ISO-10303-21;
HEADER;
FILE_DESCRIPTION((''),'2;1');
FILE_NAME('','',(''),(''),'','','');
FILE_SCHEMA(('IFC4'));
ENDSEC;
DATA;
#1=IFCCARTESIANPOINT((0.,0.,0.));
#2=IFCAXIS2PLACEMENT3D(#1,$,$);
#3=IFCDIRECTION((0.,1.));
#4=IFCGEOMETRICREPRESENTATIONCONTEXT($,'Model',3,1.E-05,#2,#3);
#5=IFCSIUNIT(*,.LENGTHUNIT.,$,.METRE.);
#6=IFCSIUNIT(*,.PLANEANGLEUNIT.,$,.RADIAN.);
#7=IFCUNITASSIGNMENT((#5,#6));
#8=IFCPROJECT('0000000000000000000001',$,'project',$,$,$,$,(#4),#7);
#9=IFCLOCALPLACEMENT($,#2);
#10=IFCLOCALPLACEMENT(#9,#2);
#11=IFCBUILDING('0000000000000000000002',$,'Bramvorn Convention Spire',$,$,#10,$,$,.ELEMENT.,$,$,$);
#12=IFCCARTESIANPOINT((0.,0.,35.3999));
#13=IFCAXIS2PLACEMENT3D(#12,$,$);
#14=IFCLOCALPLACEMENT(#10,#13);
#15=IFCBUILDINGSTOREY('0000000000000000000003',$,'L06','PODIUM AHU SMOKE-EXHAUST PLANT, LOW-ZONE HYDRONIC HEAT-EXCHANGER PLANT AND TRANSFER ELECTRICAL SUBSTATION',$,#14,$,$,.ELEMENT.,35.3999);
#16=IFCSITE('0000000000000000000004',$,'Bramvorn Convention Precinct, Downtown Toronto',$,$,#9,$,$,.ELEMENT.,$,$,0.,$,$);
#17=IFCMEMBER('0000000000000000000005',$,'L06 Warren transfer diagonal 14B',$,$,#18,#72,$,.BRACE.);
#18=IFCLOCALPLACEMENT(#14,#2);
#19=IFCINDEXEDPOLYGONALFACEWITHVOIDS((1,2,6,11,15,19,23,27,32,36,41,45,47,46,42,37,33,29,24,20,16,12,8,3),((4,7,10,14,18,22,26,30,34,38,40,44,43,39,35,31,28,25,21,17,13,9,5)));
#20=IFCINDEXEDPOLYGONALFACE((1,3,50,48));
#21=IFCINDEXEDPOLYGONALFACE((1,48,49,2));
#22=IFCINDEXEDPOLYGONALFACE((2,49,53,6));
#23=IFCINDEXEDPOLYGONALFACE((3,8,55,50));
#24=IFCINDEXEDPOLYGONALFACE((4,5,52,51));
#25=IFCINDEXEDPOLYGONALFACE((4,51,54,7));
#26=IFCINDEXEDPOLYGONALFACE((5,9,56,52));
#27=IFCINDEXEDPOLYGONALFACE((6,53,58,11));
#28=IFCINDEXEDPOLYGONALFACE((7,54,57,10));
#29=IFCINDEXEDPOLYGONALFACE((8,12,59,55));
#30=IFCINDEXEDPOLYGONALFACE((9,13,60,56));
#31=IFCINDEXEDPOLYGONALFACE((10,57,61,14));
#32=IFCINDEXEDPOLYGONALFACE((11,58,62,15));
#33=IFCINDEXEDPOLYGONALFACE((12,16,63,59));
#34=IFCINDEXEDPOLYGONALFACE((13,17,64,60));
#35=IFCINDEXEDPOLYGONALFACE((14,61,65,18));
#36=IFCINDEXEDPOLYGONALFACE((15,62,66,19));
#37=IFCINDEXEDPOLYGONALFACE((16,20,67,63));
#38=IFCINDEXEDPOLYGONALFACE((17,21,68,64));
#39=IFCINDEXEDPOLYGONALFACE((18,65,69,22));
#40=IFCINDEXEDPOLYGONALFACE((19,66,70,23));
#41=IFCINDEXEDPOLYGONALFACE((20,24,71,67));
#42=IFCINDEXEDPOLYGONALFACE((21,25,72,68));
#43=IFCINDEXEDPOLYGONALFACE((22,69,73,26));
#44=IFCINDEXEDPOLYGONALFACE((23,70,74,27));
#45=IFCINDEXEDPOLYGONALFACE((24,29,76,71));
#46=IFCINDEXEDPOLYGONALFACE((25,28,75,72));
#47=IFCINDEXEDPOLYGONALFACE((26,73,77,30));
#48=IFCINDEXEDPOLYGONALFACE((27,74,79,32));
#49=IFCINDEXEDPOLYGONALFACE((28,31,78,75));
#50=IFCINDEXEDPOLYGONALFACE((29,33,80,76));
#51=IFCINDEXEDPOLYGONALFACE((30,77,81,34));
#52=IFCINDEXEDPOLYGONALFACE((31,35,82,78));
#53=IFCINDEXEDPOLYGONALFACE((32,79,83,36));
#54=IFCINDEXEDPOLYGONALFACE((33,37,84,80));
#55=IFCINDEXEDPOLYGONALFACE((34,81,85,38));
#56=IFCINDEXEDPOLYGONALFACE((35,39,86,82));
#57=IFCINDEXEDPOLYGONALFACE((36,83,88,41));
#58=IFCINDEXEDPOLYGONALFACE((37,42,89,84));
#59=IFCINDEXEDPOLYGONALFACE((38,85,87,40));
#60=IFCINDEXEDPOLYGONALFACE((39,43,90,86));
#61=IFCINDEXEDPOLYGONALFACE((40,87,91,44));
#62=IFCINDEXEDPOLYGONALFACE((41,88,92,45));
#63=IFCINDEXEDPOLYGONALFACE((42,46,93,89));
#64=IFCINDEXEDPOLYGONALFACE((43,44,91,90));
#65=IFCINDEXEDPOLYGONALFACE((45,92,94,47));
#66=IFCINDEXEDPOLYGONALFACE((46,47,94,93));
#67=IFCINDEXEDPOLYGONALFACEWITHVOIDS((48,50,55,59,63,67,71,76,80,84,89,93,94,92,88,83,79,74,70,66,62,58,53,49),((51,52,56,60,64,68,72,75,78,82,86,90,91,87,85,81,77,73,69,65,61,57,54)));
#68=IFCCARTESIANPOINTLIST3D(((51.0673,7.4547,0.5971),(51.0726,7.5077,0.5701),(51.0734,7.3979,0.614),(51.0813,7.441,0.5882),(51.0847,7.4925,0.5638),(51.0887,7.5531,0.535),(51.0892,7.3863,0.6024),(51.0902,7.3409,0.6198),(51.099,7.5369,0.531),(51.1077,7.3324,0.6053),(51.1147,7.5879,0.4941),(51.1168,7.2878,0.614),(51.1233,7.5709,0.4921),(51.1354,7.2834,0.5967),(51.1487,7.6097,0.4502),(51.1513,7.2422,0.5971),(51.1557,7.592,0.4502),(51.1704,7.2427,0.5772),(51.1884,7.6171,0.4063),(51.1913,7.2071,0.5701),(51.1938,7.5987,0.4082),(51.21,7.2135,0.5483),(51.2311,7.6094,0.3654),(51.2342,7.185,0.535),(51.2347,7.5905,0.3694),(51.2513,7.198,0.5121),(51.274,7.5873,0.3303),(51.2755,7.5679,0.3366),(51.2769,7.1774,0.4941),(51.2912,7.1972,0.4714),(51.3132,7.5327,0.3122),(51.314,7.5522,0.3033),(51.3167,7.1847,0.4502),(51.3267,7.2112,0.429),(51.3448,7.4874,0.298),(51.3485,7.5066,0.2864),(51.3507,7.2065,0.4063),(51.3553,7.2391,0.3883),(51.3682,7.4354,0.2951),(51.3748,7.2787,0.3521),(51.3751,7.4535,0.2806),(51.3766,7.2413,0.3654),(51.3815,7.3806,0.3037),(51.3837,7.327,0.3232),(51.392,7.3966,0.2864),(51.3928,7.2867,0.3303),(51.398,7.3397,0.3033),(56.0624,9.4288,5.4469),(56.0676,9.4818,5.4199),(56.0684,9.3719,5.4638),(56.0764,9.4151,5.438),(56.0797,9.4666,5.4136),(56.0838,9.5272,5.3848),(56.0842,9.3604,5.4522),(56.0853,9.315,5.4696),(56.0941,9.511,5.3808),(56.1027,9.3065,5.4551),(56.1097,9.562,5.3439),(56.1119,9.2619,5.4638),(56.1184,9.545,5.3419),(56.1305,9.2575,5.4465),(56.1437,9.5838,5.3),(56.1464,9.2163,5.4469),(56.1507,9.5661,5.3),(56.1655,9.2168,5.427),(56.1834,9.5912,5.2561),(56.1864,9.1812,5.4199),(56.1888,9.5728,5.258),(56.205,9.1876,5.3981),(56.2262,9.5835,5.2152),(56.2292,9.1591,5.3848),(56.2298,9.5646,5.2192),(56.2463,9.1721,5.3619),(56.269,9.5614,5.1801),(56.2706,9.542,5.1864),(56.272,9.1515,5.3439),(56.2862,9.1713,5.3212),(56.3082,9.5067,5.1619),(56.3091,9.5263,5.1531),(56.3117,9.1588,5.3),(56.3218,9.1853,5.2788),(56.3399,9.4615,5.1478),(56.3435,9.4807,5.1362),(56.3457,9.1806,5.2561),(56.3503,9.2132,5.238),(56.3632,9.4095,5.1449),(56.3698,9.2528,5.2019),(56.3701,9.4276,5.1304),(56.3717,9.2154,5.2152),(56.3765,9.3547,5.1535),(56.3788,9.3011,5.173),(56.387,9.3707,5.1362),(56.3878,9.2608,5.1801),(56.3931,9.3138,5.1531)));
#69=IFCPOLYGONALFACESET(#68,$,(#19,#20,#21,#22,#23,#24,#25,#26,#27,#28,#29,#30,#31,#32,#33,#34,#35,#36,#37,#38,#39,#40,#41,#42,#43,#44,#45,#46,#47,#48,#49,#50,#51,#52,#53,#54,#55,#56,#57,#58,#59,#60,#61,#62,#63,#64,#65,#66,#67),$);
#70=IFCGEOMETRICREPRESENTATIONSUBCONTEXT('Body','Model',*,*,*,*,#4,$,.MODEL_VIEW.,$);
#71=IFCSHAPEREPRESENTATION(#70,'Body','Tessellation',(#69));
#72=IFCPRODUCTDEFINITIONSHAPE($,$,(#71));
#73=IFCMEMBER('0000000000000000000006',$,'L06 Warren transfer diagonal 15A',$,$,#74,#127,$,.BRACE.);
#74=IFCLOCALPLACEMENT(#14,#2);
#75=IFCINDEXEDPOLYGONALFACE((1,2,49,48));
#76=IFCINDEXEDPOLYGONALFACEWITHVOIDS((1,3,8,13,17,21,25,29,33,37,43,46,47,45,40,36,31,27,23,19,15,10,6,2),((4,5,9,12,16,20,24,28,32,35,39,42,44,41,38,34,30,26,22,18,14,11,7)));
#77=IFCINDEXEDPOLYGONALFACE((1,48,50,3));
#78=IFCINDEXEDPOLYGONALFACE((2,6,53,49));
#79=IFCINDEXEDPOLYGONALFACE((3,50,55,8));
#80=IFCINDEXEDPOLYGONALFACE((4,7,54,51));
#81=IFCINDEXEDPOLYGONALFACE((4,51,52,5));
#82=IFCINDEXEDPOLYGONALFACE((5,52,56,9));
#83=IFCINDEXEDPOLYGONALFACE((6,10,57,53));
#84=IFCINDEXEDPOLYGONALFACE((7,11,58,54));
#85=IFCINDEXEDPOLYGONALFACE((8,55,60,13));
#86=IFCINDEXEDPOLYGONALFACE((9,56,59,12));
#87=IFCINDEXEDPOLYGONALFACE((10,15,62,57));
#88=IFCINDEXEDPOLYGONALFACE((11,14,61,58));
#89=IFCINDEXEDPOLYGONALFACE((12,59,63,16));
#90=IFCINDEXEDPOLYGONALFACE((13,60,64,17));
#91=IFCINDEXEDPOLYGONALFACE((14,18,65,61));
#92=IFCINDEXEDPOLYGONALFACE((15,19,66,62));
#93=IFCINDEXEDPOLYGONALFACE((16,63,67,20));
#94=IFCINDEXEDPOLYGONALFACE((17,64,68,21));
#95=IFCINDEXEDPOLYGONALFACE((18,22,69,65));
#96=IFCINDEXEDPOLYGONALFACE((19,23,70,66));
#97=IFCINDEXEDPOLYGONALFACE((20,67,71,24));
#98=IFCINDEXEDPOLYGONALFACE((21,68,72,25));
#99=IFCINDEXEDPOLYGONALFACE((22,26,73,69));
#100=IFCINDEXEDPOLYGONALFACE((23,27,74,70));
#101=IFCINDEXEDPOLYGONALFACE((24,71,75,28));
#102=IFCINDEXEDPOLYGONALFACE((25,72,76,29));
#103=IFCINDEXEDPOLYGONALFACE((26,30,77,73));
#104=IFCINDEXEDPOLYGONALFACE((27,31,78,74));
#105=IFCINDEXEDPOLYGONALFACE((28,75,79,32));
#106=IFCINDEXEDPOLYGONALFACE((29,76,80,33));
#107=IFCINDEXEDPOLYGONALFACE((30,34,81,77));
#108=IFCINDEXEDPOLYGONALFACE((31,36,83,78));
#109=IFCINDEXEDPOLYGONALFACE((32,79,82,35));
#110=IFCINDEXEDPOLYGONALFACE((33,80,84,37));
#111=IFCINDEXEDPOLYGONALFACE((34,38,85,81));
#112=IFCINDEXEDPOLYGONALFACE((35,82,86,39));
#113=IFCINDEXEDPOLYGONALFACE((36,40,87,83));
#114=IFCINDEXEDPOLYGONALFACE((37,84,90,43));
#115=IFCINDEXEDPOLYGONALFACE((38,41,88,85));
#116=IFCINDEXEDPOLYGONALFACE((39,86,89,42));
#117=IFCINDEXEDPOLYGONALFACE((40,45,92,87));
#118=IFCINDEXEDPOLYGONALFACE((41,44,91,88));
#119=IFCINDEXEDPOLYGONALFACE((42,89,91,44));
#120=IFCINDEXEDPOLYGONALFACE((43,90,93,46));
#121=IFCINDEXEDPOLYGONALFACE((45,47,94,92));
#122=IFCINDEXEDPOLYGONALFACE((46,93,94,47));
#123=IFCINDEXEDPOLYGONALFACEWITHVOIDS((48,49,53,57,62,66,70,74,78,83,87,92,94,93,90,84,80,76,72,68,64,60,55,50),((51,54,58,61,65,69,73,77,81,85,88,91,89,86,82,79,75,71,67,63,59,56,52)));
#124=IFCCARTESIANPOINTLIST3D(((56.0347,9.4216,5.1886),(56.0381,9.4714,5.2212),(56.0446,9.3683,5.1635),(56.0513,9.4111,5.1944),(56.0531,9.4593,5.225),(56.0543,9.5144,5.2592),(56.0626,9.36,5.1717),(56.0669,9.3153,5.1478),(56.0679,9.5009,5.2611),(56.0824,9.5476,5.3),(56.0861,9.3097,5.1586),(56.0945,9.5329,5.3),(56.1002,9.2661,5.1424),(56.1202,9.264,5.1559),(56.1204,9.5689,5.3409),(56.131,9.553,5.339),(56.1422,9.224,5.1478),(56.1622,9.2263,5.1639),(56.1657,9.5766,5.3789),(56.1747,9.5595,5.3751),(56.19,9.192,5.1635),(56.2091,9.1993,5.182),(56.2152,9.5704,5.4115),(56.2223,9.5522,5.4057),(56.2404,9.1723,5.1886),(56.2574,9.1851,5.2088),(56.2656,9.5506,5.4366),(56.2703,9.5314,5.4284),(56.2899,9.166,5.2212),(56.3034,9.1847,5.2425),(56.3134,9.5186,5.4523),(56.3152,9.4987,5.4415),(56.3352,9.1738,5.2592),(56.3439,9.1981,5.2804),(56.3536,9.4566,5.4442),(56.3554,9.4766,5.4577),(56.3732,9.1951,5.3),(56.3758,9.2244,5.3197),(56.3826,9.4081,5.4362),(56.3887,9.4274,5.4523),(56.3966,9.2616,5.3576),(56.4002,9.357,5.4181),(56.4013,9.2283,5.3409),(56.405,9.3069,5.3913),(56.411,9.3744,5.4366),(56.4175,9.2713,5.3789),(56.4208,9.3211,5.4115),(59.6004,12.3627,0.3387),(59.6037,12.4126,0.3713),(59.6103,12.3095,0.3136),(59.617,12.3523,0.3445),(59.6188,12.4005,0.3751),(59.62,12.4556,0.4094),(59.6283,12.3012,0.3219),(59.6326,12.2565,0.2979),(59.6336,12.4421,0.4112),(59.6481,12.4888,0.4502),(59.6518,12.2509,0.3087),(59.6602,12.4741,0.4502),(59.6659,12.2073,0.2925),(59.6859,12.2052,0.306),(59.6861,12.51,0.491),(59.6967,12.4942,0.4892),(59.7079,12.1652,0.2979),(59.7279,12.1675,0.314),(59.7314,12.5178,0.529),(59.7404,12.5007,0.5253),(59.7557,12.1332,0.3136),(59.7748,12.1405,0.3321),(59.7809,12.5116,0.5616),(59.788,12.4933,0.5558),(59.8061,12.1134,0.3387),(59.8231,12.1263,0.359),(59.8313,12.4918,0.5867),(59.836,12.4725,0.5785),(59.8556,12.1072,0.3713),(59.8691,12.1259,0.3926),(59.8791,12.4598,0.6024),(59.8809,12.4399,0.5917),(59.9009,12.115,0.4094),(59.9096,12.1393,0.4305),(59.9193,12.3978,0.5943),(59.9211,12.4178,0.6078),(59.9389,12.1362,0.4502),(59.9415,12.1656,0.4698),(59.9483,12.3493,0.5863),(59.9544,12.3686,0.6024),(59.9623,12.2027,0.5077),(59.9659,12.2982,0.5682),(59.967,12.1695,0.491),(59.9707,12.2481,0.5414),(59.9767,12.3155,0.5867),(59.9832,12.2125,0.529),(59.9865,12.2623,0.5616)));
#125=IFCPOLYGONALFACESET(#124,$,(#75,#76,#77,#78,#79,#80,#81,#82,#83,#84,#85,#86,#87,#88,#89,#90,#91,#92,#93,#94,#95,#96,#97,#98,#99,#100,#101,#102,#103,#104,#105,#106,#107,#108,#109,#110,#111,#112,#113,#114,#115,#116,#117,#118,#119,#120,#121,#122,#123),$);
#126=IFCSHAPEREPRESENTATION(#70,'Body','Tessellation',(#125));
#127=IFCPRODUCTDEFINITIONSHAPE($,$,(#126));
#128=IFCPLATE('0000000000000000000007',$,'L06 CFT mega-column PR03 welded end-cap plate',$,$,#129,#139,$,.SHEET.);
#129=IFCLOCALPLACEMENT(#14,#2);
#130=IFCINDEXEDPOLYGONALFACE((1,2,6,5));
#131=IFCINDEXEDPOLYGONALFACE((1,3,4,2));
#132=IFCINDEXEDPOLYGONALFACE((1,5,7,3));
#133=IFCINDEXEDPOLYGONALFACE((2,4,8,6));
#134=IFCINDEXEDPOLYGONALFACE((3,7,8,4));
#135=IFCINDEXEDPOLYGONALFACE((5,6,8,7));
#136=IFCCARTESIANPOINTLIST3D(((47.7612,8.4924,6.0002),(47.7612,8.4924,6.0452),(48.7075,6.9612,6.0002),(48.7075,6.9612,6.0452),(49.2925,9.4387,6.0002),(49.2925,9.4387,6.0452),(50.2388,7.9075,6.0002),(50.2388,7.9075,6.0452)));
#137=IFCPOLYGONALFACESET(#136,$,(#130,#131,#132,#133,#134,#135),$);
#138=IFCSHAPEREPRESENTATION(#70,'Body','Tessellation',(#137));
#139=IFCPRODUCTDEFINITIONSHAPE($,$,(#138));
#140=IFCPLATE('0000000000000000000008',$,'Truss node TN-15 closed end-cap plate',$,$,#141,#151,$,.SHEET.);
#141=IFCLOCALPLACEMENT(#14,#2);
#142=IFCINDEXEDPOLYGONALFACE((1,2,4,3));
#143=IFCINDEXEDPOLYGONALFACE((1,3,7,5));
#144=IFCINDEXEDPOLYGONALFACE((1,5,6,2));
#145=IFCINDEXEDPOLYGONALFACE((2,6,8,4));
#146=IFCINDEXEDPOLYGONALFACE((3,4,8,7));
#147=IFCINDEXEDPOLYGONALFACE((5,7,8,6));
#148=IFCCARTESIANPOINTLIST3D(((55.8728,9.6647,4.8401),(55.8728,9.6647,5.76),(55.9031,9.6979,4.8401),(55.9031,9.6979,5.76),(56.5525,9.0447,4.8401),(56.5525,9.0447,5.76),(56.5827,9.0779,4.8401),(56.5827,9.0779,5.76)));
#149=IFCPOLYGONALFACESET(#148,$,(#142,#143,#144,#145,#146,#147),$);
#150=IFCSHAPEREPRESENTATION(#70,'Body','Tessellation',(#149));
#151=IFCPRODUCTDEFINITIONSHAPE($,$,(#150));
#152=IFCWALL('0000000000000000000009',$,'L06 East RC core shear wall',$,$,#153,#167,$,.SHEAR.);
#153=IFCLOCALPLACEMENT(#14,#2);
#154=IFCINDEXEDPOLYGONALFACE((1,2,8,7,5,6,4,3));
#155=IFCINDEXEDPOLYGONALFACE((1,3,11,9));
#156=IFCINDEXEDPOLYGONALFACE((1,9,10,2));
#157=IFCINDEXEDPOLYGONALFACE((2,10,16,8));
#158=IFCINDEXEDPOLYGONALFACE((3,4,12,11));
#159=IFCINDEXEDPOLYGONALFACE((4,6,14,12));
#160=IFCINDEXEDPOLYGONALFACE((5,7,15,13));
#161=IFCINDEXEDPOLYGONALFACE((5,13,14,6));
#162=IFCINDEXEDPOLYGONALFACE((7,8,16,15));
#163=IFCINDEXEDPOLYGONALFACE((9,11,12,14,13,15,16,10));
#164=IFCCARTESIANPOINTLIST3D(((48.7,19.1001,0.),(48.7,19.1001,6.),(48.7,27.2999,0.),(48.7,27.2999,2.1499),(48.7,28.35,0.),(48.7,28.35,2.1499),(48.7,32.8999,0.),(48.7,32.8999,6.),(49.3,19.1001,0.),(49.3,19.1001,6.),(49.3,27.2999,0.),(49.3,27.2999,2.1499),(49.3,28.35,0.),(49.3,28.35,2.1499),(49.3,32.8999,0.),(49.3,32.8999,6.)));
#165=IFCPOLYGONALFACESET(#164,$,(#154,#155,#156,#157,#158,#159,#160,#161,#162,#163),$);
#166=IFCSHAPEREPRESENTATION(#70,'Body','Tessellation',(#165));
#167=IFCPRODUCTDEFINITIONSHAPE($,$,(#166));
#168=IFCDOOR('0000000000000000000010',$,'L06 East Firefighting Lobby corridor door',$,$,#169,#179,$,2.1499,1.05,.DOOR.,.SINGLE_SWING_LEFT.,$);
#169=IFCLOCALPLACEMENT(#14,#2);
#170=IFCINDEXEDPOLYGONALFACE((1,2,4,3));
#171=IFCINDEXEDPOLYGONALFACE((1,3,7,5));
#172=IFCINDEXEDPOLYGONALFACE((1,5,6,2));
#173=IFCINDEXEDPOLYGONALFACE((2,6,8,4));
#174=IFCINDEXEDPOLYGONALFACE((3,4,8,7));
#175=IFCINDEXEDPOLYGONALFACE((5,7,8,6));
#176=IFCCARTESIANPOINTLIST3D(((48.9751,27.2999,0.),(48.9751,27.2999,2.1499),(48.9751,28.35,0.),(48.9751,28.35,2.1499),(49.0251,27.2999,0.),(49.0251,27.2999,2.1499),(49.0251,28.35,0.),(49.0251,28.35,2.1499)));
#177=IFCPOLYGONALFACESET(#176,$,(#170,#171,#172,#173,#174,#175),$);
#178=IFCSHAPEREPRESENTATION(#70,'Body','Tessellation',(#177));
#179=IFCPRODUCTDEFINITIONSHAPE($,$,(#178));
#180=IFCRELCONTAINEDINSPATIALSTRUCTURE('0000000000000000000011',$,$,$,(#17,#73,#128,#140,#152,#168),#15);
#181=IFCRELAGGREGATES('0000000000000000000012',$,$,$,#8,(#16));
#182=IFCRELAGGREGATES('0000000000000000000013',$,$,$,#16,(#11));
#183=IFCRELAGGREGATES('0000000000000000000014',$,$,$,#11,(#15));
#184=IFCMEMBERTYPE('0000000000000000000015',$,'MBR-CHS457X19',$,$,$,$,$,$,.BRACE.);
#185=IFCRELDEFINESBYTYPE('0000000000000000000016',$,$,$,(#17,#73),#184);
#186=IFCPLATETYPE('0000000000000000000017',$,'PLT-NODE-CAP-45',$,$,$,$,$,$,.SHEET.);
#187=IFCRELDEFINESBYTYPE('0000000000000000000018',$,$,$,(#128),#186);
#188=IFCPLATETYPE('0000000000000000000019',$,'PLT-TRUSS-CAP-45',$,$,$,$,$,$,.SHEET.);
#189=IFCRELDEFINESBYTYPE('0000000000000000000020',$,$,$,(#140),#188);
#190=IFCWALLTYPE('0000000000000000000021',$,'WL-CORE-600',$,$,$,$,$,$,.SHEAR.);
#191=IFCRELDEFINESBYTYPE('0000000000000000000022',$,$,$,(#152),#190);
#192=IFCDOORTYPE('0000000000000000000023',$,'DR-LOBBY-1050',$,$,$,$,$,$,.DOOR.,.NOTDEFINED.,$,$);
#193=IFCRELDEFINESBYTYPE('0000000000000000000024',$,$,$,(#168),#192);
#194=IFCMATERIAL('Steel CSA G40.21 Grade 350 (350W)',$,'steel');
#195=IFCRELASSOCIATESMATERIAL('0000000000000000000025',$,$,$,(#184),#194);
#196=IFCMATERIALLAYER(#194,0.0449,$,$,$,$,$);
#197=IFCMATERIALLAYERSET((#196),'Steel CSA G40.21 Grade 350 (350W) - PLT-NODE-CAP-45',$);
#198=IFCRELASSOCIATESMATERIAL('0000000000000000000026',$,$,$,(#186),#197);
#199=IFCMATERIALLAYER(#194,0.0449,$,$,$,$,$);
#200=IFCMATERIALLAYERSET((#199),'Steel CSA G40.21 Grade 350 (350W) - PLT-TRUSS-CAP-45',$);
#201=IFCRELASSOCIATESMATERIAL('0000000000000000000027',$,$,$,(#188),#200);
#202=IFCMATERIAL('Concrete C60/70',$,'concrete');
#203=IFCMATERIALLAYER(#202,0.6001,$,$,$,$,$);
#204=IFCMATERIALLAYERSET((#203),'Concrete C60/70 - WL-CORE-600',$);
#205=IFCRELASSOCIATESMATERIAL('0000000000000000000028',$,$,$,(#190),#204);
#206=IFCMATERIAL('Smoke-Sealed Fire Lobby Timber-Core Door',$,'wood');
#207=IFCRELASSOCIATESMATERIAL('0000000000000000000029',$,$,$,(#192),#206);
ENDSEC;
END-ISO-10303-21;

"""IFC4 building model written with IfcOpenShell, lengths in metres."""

from ifc_helpers import new_model, si_unit, direction, frame, frame_2d, origin, origin_2d, place, context, subcontext, project, spatial, rectangle, hollow_circle, extrude, material, layer, layer_set, material_profile, profile_set, type_object, element, fill, save


model = new_model("IFC4")

# Units and contexts
model_context = context("Model", 3, precision=1e-05, world=origin(), true_north=direction((0.0, 1.0)))
body_context = subcontext(model_context, "Body", "Model", "MODEL_VIEW")
ifc_project = project(units=[si_unit("LENGTHUNIT", "METRE"), si_unit("PLANEANGLEUNIT", "RADIAN")], contexts=[model_context])

# Site, building, storey
site_placement = place(None, origin())
site = spatial("IfcSite", under=ifc_project, at=site_placement, Name="Bramvorn Convention Precinct, Downtown Toronto", CompositionType="ELEMENT", RefElevation=0.0)
building_placement = place(site_placement, origin())
building = spatial("IfcBuilding", under=site, at=building_placement, Name="Bramvorn Convention Spire", CompositionType="ELEMENT")
storey_placement = place(building_placement, frame((0.0, 0.0, 35.3999)))
storey = spatial("IfcBuildingStorey", under=building, at=storey_placement, Name="L06", Description="PODIUM AHU SMOKE-EXHAUST PLANT, LOW-ZONE HYDRONIC HEAT-EXCHANGER PLANT AND TRANSFER ELECTRICAL SUBSTATION", CompositionType="ELEMENT", Elevation=35.3999)

# Shared definitions
ifc_material_1 = material(Name="Steel CSA G40.21 Grade 350 (350W)", Category="steel")

# Members
ifc_material_profile_1 = material_profile(ifc_material_1, hollow_circle(Radius=0.2285, WallThickness=0.019, at=origin_2d()))
ifc_profile_set_1 = profile_set([ifc_material_profile_1], Name="Steel CSA G40.21 Grade 350 (350W) - CHS457X19")
member_type_1 = type_object("IfcMemberType", Name="MBR-CHS457X19", PredefinedType="BRACE", material=ifc_profile_set_1)
member_1_placement = place(storey_placement, frame((51.2327, 7.3972, 0.4502), z_axis=(0.690251, 0.272794, 0.670177), x_axis=(-0.367547, 0.930005, 0.0)))
element("IfcMember", 1, at=member_1_placement, inside=storey, type_object=member_type_1, Name="L06 Warren transfer diagonal 14B", PredefinedType="BRACE", context=body_context, shape_type="SweptSolid", body=[
    extrude(hollow_circle(Radius=0.2285, WallThickness=0.019, at=origin_2d()), origin(), (0.0, 0.0, 1.0), 7.2366),
])
member_2_placement = place(storey_placement, frame((56.2278, 9.3713, 5.3), z_axis=(0.532217, 0.439001, -0.723895), x_axis=(-0.636316, 0.771428, 0.0)))
element("IfcMember", 2, at=member_2_placement, inside=storey, type_object=member_type_1, Name="L06 Warren transfer diagonal 15A", PredefinedType="BRACE", context=body_context, shape_type="SweptSolid", body=[
    extrude(hollow_circle(Radius=0.2285, WallThickness=0.019, at=origin_2d()), origin(), (0.0, 0.0, 1.0), 6.6997),
])

# Plates
ifc_layer_1 = layer(ifc_material_1, 0.0449)
ifc_layer_set_1 = layer_set([ifc_layer_1], Name="Steel CSA G40.21 Grade 350 (350W) - PLT-NODE-CAP-45")
plate_type_1 = type_object("IfcPlateType", Name="PLT-NODE-CAP-45", PredefinedType="SHEET", material=ifc_layer_set_1)
plate_1_placement = place(storey_placement, frame((49.0, 8.2, 6.0002), z_axis=(0.0, 0.0, 1.0), x_axis=(0.525696, -0.850672, 0.0)))
element("IfcPlate", 3, at=plate_1_placement, inside=storey, type_object=plate_type_1, Name="L06 CFT mega-column PR03 welded end-cap plate", PredefinedType="SHEET", context=body_context, shape_type="SweptSolid", body=[
    extrude(rectangle(XDim=1.8, YDim=1.8, at=origin_2d()), origin(), (0.0, 0.0, 1.0), 0.0449),
])
ifc_layer_2 = layer(ifc_material_1, 0.0449)
ifc_layer_set_2 = layer_set([ifc_layer_2], Name="Steel CSA G40.21 Grade 350 (350W) - PLT-TRUSS-CAP-45")
plate_type_2 = type_object("IfcPlateType", Name="PLT-TRUSS-CAP-45", PredefinedType="SHEET", material=ifc_layer_set_2)
plate_2_placement = place(storey_placement, frame((56.2278, 9.3713, 4.8401), z_axis=(0.0, 0.0, 1.0), x_axis=(0.738769, -0.673958, 0.0)))
element("IfcPlate", 4, at=plate_2_placement, inside=storey, type_object=plate_type_2, Name="Truss node TN-15 closed end-cap plate", PredefinedType="SHEET", context=body_context, shape_type="SweptSolid", body=[
    extrude(rectangle(XDim=0.9199, YDim=0.0449, at=origin_2d()), origin(), (0.0, 0.0, 1.0), 0.9199),
])

# Wall, opening, door
ifc_material_2 = material(Name="Concrete C60/70", Category="concrete")
ifc_layer_3 = layer(ifc_material_2, 0.6001)
ifc_layer_set_3 = layer_set([ifc_layer_3], Name="Concrete C60/70 - WL-CORE-600")
wall_type_1 = type_object("IfcWallType", Name="WL-CORE-600", PredefinedType="SHEAR", material=ifc_layer_set_3)
wall_1_placement = place(storey_placement, frame((49.0, 19.1001, 0.0), z_axis=(0.0, 0.0, 1.0), x_axis=(0.0, 1.0, 0.0)))
wall_1 = element("IfcWall", 5, at=wall_1_placement, inside=storey, type_object=wall_type_1, Name="L06 East RC core shear wall", PredefinedType="SHEAR", context=body_context, shape_type="SweptSolid", body=[
    extrude(rectangle(XDim=13.7998, YDim=0.6001, at=frame_2d((6.8999, 0.0))), origin(), (0.0, 0.0, 1.0), 6.0),
])
opening_1_placement = place(wall_1_placement, frame((8.2, 0.0, 0.0)))
opening_1 = element("IfcOpeningElement", 6, at=opening_1_placement, cuts=wall_1, PredefinedType="OPENING", context=body_context, shape_type="SweptSolid", body=[
    extrude(rectangle(XDim=1.05, YDim=2.1499, at=frame_2d((0.5249, 1.075))), frame((0.0, 0.3101, 0.0), z_axis=(0.0, -1.0, 0.0), x_axis=(1.0, 0.0, 0.0)), (0.0, 0.0, 1.0), 0.6201),
])
ifc_material_3 = material(Name="Smoke-Sealed Fire Lobby Timber-Core Door", Category="wood")
door_type_1 = type_object("IfcDoorType", Name="DR-LOBBY-1050", OperationType="NOTDEFINED", PredefinedType="DOOR", material=ifc_material_3)
door_1_placement = place(opening_1_placement, origin())
door_1 = element("IfcDoor", 7, at=door_1_placement, inside=storey, type_object=door_type_1, Name="L06 East Firefighting Lobby corridor door", OperationType="SINGLE_SWING_LEFT", OverallHeight=2.1499, OverallWidth=1.05, PredefinedType="DOOR", context=body_context, shape_type="SweptSolid", body=[
    extrude(rectangle(XDim=1.05, YDim=2.1499, at=frame_2d((0.5249, 1.075))), frame((0.0, 0.0249, 0.0), z_axis=(0.0, -1.0, 0.0), x_axis=(1.0, 0.0, 0.0)), (0.0, 0.0, 1.0), 0.05),
])
fill(opening_1, door_1)

save(model, "model.ifc")
